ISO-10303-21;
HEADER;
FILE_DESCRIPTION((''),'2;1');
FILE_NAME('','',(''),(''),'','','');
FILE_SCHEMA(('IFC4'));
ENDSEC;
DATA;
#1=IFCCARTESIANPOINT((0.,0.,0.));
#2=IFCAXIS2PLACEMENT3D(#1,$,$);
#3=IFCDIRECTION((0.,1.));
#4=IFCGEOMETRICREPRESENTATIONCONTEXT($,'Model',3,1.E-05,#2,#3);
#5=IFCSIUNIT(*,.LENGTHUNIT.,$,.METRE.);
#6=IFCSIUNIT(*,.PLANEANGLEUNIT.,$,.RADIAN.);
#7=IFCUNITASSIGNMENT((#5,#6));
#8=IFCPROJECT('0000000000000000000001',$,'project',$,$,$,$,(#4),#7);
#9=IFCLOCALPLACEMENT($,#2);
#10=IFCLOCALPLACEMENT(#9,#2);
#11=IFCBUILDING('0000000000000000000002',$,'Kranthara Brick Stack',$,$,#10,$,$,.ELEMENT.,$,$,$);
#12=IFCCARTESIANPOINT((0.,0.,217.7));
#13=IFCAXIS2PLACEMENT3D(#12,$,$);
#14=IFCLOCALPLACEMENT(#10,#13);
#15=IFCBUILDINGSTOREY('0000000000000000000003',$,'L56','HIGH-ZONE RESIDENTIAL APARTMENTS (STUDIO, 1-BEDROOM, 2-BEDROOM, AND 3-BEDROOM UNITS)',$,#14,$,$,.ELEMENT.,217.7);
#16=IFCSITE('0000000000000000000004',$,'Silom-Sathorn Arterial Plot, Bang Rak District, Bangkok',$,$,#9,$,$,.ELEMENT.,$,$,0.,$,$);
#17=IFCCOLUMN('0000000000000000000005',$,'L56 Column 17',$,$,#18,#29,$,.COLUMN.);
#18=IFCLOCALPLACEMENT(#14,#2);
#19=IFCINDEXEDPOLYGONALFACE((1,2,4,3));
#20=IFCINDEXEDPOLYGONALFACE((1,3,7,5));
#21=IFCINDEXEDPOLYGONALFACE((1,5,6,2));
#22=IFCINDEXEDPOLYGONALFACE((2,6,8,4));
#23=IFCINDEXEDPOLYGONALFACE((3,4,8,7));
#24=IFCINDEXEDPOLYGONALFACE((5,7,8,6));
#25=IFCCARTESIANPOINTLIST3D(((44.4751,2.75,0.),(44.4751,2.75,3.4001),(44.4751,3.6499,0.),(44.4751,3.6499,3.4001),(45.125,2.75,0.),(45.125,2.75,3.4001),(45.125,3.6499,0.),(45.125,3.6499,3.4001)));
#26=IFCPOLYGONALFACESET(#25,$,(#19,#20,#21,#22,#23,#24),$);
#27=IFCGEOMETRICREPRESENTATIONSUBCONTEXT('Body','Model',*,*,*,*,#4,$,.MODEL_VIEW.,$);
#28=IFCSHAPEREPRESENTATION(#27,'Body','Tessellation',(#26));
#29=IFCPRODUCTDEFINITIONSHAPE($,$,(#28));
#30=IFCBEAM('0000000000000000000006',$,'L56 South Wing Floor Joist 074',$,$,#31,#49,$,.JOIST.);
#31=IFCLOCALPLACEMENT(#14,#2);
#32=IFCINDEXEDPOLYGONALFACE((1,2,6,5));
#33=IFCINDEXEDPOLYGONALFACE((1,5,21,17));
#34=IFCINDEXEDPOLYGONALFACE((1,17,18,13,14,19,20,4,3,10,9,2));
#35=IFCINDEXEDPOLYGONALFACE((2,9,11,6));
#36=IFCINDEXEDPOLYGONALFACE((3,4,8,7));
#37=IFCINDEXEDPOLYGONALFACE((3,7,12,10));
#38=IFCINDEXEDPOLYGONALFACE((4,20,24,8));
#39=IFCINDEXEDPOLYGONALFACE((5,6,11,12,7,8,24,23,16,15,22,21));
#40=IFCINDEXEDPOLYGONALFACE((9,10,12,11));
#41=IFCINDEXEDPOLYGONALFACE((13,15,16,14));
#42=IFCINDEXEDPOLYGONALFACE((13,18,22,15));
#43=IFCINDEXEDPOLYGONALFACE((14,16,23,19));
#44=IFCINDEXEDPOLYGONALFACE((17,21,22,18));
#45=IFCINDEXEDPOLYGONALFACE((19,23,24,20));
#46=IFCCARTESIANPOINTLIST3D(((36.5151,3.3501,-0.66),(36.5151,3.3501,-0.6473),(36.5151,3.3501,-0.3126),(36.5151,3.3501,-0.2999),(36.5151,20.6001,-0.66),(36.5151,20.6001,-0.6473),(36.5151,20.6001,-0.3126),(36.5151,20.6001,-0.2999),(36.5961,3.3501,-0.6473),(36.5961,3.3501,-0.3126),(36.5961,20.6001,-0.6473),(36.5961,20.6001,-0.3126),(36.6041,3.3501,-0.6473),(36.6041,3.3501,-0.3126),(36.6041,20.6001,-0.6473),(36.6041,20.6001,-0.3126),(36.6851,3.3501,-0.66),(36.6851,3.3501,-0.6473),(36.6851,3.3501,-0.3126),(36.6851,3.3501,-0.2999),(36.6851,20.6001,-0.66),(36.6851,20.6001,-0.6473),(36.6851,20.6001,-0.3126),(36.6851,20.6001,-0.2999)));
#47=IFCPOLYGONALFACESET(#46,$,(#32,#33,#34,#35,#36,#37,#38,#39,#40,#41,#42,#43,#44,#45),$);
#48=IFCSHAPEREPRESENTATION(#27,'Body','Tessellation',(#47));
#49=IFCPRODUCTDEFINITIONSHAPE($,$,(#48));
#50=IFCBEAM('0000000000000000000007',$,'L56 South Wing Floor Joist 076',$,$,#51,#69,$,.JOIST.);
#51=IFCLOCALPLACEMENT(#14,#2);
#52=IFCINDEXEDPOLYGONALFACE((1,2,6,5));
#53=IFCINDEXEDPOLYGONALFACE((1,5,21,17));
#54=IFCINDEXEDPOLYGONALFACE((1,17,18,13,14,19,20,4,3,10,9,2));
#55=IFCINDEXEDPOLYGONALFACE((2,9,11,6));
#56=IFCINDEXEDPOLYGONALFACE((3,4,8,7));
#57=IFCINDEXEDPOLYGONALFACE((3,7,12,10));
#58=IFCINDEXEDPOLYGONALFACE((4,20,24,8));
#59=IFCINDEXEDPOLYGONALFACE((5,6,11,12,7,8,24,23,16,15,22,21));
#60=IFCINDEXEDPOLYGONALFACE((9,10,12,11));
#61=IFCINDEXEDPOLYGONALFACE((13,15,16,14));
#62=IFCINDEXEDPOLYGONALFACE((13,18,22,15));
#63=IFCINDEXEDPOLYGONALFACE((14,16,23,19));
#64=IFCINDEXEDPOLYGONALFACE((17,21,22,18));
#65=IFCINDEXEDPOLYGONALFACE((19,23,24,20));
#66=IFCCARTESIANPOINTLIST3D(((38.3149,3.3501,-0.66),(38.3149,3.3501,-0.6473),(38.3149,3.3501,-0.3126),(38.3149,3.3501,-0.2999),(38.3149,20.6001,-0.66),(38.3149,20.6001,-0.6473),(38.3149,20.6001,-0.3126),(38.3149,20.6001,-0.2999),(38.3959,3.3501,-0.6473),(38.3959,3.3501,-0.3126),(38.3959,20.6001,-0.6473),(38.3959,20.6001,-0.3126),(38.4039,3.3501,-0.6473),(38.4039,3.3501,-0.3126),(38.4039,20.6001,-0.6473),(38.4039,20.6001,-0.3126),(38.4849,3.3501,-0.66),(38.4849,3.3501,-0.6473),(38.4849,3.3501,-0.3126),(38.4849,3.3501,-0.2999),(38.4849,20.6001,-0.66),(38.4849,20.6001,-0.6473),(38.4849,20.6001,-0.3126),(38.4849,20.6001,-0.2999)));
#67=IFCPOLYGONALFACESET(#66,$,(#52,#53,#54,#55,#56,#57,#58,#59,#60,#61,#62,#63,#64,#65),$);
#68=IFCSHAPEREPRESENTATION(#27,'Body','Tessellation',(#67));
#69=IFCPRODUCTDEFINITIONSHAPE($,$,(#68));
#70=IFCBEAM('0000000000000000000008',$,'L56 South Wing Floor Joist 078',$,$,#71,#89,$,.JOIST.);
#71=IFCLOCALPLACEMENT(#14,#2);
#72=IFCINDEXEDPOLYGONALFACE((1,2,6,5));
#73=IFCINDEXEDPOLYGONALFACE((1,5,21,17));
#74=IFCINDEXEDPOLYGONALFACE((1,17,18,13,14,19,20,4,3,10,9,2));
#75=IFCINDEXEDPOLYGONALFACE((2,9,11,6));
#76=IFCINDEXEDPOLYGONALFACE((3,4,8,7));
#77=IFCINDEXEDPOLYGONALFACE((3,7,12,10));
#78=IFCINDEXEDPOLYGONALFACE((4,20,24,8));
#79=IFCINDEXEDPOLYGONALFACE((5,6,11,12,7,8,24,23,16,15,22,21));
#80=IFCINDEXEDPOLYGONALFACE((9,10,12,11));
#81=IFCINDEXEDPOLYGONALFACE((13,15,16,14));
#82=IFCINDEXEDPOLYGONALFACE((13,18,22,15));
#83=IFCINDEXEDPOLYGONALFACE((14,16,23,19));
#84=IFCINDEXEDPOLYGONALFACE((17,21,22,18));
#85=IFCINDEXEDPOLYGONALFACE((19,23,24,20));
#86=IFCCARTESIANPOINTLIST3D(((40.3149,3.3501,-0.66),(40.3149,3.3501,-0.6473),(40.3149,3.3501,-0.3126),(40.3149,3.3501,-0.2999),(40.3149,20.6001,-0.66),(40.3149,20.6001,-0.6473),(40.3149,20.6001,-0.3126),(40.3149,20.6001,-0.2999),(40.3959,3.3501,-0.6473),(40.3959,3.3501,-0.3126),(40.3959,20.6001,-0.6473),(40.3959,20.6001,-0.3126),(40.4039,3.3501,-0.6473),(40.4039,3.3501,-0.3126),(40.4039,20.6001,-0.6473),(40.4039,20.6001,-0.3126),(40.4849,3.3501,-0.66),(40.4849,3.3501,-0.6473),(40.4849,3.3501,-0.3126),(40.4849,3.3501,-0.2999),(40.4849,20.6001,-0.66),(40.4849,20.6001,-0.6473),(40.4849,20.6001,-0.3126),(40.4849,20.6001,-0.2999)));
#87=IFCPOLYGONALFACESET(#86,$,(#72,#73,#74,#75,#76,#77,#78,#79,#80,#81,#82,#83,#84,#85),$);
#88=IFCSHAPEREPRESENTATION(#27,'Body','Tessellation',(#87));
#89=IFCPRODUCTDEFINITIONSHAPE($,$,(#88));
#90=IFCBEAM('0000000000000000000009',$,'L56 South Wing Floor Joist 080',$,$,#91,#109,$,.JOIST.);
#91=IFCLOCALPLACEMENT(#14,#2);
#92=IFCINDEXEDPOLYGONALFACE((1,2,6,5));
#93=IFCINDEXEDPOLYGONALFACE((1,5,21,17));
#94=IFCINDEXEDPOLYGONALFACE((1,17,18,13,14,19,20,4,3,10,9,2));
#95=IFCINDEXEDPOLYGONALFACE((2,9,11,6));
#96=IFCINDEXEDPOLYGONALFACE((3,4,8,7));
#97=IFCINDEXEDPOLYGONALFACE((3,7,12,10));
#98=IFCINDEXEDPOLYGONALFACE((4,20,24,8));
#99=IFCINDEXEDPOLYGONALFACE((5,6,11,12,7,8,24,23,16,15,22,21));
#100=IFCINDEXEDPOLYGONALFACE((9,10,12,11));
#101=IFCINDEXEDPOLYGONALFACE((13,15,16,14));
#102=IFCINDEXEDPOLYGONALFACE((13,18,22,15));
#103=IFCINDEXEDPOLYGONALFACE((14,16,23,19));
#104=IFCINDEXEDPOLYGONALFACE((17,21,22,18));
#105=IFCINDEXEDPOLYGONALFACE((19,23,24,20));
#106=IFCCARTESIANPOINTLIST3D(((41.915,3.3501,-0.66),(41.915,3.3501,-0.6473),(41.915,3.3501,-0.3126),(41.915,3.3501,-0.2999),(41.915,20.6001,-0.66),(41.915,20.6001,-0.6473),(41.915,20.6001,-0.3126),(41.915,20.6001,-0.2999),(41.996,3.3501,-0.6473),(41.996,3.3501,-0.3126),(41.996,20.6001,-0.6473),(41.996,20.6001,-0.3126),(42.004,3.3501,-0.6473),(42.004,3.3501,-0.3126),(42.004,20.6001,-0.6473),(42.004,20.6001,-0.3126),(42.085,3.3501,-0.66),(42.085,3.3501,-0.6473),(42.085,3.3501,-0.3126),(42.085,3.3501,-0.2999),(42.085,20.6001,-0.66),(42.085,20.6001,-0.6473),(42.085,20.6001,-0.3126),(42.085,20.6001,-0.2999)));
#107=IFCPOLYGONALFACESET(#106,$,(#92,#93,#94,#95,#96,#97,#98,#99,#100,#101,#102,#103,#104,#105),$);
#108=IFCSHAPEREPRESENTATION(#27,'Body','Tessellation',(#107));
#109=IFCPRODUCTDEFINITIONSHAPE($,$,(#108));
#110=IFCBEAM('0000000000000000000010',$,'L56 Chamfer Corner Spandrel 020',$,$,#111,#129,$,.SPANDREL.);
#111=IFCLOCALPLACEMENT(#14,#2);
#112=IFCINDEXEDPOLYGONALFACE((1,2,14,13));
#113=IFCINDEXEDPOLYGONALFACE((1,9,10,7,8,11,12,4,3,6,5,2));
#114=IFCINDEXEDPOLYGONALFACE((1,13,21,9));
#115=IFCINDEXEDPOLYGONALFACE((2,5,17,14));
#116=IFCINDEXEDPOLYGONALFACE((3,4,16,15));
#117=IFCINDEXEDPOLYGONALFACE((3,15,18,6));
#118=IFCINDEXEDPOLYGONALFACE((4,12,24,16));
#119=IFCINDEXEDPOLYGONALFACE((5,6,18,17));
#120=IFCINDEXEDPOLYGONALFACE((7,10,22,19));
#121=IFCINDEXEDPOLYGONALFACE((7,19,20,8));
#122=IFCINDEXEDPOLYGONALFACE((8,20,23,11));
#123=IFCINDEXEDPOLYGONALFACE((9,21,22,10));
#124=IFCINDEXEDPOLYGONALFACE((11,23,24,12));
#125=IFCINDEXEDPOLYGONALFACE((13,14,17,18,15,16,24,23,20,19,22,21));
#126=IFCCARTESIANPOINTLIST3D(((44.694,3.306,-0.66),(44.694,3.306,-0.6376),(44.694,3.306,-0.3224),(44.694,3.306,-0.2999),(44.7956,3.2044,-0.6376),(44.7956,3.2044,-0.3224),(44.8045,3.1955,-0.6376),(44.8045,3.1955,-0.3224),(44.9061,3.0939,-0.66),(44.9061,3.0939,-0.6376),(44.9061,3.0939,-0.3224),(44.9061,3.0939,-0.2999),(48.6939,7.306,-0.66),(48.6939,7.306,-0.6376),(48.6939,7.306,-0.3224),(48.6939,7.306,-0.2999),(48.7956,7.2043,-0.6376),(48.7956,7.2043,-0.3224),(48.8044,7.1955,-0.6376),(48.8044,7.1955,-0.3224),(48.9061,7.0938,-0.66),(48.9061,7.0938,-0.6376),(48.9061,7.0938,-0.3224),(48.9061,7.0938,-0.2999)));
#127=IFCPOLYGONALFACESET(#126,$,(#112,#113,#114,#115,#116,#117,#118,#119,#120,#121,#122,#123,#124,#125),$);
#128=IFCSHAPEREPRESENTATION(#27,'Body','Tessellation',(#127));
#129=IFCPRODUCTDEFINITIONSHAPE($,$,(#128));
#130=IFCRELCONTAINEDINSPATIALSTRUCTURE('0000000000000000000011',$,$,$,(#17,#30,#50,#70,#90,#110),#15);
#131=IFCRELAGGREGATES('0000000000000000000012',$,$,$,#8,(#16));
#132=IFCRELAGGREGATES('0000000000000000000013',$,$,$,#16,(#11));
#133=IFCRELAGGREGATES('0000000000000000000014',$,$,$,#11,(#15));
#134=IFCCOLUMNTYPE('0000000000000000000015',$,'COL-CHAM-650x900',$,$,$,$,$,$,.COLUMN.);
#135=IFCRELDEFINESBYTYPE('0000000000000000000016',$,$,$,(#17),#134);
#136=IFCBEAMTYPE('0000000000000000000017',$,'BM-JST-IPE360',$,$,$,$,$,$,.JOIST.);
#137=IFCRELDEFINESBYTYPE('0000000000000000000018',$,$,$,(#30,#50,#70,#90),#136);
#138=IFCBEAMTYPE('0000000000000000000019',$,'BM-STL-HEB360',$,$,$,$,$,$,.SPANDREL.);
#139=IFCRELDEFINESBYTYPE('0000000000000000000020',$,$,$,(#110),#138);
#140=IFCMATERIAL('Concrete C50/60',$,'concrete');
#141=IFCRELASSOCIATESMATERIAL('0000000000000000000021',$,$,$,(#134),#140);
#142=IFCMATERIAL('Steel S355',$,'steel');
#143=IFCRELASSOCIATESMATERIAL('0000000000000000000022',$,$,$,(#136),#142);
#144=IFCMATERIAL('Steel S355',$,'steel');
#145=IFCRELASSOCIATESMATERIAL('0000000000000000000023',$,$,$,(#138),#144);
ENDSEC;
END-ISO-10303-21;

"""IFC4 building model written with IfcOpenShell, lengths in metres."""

from ifc_helpers import new_model, si_unit, direction, frame, origin, origin_2d, place, context, subcontext, project, spatial, rectangle, i_section, extrude, material, material_profile, profile_set, type_object, element, save


model = new_model("IFC4")

# Units and contexts
model_context = context("Model", 3, precision=1e-05, world=origin(), true_north=direction((0.0, 1.0)))
body_context = subcontext(model_context, "Body", "Model", "MODEL_VIEW")
ifc_project = project(units=[si_unit("LENGTHUNIT", "METRE"), si_unit("PLANEANGLEUNIT", "RADIAN")], contexts=[model_context])

# Site, building, storey
site_placement = place(None, origin())
site = spatial("IfcSite", under=ifc_project, at=site_placement, Name="Silom-Sathorn Arterial Plot, Bang Rak District, Bangkok", CompositionType="ELEMENT", RefElevation=0.0)
building_placement = place(site_placement, origin())
building = spatial("IfcBuilding", under=site, at=building_placement, Name="Kranthara Brick Stack", CompositionType="ELEMENT")
storey_placement = place(building_placement, frame((0.0, 0.0, 217.7)))
storey = spatial("IfcBuildingStorey", under=building, at=storey_placement, Name="L56", Description="HIGH-ZONE RESIDENTIAL APARTMENTS (STUDIO, 1-BEDROOM, 2-BEDROOM, AND 3-BEDROOM UNITS)", CompositionType="ELEMENT", Elevation=217.7)

# Column
ifc_material_1 = material(Name="Concrete C50/60", Category="concrete")
ifc_material_profile_1 = material_profile(ifc_material_1, rectangle(XDim=0.6499, YDim=0.8999, at=origin_2d()), Name="RC 650x900")
ifc_profile_set_1 = profile_set([ifc_material_profile_1], Name="Concrete C50/60")
column_type = type_object("IfcColumnType", Name="COL-CHAM-650x900", PredefinedType="COLUMN", material=ifc_profile_set_1)
column_placement = place(storey_placement, frame((44.8, 3.2, 0.0), z_axis=(0.0, 0.0, 1.0), x_axis=(1.0, 0.0, 0.0)))
element("IfcColumn", 1, at=column_placement, inside=storey, type_object=column_type, Name="L56 Column 17", PredefinedType="COLUMN", context=body_context, shape_type="SweptSolid", body=[
    extrude(rectangle(XDim=0.6499, YDim=0.8999, at=origin_2d()), origin(), (0.0, 0.0, 1.0), 3.4001),
])

# Beams
ifc_material_2 = material(Name="Steel S355", Category="steel")
ifc_material_profile_2 = material_profile(ifc_material_2, i_section(OverallWidth=0.1699, OverallDepth=0.3601, WebThickness=0.0081, FlangeThickness=0.0127, at=origin_2d()), Name="IPE 360")
ifc_profile_set_2 = profile_set([ifc_material_profile_2], Name="Steel S355")
beam_type_1 = type_object("IfcBeamType", Name="BM-JST-IPE360", PredefinedType="JOIST", material=ifc_profile_set_2)
for number, where, z_axis, x_axis, name in (
    (2, (36.6001, 3.3501, -0.48), (0.0, 1.0, 0.0), (-1.0, 0.0, 0.0), "L56 South Wing Floor Joist 074"),
    (3, (38.3999, 3.3501, -0.48), (0.0, 1.0, 0.0), (-1.0, 0.0, 0.0), "L56 South Wing Floor Joist 076"),
    (4, (40.3999, 3.3501, -0.48), (0.0, 1.0, 0.0), (-1.0, 0.0, 0.0), "L56 South Wing Floor Joist 078"),
    (5, (42.0, 3.3501, -0.48), (0.0, 1.0, 0.0), (-1.0, 0.0, 0.0), "L56 South Wing Floor Joist 080"),
):
    element("IfcBeam", number, at=place(storey_placement, frame(where, z_axis=z_axis, x_axis=x_axis)), inside=storey, type_object=beam_type_1, Name=name, PredefinedType="JOIST", context=body_context, shape_type="SweptSolid", body=[
        extrude(i_section(OverallWidth=0.1699, OverallDepth=0.3601, WebThickness=0.0081, FlangeThickness=0.0127, at=origin_2d()), origin(), (0.0, 0.0, 1.0), 17.25),
    ])
ifc_material_3 = material(Name="Steel S355", Category="steel")
ifc_material_profile_3 = material_profile(ifc_material_3, i_section(OverallWidth=0.3, OverallDepth=0.3601, WebThickness=0.0125, FlangeThickness=0.0225, at=origin_2d()), Name="HEB 360")
ifc_profile_set_3 = profile_set([ifc_material_profile_3], Name="Steel S355")
beam_type_2 = type_object("IfcBeamType", Name="BM-STL-HEB360", PredefinedType="SPANDREL", material=ifc_profile_set_3)
beam_placement = place(storey_placement, frame((44.8, 3.2, -0.48), z_axis=(0.707107, 0.707107, 0.0), x_axis=(-0.707107, 0.707107, 0.0)))
element("IfcBeam", 6, at=beam_placement, inside=storey, type_object=beam_type_2, Name="L56 Chamfer Corner Spandrel 020", PredefinedType="SPANDREL", context=body_context, shape_type="SweptSolid", body=[
    extrude(i_section(OverallWidth=0.3, OverallDepth=0.3601, WebThickness=0.0125, FlangeThickness=0.0225, at=origin_2d()), origin(), (0.0, 0.0, 1.0), 5.6567),
])

save(model, "model.ifc")
